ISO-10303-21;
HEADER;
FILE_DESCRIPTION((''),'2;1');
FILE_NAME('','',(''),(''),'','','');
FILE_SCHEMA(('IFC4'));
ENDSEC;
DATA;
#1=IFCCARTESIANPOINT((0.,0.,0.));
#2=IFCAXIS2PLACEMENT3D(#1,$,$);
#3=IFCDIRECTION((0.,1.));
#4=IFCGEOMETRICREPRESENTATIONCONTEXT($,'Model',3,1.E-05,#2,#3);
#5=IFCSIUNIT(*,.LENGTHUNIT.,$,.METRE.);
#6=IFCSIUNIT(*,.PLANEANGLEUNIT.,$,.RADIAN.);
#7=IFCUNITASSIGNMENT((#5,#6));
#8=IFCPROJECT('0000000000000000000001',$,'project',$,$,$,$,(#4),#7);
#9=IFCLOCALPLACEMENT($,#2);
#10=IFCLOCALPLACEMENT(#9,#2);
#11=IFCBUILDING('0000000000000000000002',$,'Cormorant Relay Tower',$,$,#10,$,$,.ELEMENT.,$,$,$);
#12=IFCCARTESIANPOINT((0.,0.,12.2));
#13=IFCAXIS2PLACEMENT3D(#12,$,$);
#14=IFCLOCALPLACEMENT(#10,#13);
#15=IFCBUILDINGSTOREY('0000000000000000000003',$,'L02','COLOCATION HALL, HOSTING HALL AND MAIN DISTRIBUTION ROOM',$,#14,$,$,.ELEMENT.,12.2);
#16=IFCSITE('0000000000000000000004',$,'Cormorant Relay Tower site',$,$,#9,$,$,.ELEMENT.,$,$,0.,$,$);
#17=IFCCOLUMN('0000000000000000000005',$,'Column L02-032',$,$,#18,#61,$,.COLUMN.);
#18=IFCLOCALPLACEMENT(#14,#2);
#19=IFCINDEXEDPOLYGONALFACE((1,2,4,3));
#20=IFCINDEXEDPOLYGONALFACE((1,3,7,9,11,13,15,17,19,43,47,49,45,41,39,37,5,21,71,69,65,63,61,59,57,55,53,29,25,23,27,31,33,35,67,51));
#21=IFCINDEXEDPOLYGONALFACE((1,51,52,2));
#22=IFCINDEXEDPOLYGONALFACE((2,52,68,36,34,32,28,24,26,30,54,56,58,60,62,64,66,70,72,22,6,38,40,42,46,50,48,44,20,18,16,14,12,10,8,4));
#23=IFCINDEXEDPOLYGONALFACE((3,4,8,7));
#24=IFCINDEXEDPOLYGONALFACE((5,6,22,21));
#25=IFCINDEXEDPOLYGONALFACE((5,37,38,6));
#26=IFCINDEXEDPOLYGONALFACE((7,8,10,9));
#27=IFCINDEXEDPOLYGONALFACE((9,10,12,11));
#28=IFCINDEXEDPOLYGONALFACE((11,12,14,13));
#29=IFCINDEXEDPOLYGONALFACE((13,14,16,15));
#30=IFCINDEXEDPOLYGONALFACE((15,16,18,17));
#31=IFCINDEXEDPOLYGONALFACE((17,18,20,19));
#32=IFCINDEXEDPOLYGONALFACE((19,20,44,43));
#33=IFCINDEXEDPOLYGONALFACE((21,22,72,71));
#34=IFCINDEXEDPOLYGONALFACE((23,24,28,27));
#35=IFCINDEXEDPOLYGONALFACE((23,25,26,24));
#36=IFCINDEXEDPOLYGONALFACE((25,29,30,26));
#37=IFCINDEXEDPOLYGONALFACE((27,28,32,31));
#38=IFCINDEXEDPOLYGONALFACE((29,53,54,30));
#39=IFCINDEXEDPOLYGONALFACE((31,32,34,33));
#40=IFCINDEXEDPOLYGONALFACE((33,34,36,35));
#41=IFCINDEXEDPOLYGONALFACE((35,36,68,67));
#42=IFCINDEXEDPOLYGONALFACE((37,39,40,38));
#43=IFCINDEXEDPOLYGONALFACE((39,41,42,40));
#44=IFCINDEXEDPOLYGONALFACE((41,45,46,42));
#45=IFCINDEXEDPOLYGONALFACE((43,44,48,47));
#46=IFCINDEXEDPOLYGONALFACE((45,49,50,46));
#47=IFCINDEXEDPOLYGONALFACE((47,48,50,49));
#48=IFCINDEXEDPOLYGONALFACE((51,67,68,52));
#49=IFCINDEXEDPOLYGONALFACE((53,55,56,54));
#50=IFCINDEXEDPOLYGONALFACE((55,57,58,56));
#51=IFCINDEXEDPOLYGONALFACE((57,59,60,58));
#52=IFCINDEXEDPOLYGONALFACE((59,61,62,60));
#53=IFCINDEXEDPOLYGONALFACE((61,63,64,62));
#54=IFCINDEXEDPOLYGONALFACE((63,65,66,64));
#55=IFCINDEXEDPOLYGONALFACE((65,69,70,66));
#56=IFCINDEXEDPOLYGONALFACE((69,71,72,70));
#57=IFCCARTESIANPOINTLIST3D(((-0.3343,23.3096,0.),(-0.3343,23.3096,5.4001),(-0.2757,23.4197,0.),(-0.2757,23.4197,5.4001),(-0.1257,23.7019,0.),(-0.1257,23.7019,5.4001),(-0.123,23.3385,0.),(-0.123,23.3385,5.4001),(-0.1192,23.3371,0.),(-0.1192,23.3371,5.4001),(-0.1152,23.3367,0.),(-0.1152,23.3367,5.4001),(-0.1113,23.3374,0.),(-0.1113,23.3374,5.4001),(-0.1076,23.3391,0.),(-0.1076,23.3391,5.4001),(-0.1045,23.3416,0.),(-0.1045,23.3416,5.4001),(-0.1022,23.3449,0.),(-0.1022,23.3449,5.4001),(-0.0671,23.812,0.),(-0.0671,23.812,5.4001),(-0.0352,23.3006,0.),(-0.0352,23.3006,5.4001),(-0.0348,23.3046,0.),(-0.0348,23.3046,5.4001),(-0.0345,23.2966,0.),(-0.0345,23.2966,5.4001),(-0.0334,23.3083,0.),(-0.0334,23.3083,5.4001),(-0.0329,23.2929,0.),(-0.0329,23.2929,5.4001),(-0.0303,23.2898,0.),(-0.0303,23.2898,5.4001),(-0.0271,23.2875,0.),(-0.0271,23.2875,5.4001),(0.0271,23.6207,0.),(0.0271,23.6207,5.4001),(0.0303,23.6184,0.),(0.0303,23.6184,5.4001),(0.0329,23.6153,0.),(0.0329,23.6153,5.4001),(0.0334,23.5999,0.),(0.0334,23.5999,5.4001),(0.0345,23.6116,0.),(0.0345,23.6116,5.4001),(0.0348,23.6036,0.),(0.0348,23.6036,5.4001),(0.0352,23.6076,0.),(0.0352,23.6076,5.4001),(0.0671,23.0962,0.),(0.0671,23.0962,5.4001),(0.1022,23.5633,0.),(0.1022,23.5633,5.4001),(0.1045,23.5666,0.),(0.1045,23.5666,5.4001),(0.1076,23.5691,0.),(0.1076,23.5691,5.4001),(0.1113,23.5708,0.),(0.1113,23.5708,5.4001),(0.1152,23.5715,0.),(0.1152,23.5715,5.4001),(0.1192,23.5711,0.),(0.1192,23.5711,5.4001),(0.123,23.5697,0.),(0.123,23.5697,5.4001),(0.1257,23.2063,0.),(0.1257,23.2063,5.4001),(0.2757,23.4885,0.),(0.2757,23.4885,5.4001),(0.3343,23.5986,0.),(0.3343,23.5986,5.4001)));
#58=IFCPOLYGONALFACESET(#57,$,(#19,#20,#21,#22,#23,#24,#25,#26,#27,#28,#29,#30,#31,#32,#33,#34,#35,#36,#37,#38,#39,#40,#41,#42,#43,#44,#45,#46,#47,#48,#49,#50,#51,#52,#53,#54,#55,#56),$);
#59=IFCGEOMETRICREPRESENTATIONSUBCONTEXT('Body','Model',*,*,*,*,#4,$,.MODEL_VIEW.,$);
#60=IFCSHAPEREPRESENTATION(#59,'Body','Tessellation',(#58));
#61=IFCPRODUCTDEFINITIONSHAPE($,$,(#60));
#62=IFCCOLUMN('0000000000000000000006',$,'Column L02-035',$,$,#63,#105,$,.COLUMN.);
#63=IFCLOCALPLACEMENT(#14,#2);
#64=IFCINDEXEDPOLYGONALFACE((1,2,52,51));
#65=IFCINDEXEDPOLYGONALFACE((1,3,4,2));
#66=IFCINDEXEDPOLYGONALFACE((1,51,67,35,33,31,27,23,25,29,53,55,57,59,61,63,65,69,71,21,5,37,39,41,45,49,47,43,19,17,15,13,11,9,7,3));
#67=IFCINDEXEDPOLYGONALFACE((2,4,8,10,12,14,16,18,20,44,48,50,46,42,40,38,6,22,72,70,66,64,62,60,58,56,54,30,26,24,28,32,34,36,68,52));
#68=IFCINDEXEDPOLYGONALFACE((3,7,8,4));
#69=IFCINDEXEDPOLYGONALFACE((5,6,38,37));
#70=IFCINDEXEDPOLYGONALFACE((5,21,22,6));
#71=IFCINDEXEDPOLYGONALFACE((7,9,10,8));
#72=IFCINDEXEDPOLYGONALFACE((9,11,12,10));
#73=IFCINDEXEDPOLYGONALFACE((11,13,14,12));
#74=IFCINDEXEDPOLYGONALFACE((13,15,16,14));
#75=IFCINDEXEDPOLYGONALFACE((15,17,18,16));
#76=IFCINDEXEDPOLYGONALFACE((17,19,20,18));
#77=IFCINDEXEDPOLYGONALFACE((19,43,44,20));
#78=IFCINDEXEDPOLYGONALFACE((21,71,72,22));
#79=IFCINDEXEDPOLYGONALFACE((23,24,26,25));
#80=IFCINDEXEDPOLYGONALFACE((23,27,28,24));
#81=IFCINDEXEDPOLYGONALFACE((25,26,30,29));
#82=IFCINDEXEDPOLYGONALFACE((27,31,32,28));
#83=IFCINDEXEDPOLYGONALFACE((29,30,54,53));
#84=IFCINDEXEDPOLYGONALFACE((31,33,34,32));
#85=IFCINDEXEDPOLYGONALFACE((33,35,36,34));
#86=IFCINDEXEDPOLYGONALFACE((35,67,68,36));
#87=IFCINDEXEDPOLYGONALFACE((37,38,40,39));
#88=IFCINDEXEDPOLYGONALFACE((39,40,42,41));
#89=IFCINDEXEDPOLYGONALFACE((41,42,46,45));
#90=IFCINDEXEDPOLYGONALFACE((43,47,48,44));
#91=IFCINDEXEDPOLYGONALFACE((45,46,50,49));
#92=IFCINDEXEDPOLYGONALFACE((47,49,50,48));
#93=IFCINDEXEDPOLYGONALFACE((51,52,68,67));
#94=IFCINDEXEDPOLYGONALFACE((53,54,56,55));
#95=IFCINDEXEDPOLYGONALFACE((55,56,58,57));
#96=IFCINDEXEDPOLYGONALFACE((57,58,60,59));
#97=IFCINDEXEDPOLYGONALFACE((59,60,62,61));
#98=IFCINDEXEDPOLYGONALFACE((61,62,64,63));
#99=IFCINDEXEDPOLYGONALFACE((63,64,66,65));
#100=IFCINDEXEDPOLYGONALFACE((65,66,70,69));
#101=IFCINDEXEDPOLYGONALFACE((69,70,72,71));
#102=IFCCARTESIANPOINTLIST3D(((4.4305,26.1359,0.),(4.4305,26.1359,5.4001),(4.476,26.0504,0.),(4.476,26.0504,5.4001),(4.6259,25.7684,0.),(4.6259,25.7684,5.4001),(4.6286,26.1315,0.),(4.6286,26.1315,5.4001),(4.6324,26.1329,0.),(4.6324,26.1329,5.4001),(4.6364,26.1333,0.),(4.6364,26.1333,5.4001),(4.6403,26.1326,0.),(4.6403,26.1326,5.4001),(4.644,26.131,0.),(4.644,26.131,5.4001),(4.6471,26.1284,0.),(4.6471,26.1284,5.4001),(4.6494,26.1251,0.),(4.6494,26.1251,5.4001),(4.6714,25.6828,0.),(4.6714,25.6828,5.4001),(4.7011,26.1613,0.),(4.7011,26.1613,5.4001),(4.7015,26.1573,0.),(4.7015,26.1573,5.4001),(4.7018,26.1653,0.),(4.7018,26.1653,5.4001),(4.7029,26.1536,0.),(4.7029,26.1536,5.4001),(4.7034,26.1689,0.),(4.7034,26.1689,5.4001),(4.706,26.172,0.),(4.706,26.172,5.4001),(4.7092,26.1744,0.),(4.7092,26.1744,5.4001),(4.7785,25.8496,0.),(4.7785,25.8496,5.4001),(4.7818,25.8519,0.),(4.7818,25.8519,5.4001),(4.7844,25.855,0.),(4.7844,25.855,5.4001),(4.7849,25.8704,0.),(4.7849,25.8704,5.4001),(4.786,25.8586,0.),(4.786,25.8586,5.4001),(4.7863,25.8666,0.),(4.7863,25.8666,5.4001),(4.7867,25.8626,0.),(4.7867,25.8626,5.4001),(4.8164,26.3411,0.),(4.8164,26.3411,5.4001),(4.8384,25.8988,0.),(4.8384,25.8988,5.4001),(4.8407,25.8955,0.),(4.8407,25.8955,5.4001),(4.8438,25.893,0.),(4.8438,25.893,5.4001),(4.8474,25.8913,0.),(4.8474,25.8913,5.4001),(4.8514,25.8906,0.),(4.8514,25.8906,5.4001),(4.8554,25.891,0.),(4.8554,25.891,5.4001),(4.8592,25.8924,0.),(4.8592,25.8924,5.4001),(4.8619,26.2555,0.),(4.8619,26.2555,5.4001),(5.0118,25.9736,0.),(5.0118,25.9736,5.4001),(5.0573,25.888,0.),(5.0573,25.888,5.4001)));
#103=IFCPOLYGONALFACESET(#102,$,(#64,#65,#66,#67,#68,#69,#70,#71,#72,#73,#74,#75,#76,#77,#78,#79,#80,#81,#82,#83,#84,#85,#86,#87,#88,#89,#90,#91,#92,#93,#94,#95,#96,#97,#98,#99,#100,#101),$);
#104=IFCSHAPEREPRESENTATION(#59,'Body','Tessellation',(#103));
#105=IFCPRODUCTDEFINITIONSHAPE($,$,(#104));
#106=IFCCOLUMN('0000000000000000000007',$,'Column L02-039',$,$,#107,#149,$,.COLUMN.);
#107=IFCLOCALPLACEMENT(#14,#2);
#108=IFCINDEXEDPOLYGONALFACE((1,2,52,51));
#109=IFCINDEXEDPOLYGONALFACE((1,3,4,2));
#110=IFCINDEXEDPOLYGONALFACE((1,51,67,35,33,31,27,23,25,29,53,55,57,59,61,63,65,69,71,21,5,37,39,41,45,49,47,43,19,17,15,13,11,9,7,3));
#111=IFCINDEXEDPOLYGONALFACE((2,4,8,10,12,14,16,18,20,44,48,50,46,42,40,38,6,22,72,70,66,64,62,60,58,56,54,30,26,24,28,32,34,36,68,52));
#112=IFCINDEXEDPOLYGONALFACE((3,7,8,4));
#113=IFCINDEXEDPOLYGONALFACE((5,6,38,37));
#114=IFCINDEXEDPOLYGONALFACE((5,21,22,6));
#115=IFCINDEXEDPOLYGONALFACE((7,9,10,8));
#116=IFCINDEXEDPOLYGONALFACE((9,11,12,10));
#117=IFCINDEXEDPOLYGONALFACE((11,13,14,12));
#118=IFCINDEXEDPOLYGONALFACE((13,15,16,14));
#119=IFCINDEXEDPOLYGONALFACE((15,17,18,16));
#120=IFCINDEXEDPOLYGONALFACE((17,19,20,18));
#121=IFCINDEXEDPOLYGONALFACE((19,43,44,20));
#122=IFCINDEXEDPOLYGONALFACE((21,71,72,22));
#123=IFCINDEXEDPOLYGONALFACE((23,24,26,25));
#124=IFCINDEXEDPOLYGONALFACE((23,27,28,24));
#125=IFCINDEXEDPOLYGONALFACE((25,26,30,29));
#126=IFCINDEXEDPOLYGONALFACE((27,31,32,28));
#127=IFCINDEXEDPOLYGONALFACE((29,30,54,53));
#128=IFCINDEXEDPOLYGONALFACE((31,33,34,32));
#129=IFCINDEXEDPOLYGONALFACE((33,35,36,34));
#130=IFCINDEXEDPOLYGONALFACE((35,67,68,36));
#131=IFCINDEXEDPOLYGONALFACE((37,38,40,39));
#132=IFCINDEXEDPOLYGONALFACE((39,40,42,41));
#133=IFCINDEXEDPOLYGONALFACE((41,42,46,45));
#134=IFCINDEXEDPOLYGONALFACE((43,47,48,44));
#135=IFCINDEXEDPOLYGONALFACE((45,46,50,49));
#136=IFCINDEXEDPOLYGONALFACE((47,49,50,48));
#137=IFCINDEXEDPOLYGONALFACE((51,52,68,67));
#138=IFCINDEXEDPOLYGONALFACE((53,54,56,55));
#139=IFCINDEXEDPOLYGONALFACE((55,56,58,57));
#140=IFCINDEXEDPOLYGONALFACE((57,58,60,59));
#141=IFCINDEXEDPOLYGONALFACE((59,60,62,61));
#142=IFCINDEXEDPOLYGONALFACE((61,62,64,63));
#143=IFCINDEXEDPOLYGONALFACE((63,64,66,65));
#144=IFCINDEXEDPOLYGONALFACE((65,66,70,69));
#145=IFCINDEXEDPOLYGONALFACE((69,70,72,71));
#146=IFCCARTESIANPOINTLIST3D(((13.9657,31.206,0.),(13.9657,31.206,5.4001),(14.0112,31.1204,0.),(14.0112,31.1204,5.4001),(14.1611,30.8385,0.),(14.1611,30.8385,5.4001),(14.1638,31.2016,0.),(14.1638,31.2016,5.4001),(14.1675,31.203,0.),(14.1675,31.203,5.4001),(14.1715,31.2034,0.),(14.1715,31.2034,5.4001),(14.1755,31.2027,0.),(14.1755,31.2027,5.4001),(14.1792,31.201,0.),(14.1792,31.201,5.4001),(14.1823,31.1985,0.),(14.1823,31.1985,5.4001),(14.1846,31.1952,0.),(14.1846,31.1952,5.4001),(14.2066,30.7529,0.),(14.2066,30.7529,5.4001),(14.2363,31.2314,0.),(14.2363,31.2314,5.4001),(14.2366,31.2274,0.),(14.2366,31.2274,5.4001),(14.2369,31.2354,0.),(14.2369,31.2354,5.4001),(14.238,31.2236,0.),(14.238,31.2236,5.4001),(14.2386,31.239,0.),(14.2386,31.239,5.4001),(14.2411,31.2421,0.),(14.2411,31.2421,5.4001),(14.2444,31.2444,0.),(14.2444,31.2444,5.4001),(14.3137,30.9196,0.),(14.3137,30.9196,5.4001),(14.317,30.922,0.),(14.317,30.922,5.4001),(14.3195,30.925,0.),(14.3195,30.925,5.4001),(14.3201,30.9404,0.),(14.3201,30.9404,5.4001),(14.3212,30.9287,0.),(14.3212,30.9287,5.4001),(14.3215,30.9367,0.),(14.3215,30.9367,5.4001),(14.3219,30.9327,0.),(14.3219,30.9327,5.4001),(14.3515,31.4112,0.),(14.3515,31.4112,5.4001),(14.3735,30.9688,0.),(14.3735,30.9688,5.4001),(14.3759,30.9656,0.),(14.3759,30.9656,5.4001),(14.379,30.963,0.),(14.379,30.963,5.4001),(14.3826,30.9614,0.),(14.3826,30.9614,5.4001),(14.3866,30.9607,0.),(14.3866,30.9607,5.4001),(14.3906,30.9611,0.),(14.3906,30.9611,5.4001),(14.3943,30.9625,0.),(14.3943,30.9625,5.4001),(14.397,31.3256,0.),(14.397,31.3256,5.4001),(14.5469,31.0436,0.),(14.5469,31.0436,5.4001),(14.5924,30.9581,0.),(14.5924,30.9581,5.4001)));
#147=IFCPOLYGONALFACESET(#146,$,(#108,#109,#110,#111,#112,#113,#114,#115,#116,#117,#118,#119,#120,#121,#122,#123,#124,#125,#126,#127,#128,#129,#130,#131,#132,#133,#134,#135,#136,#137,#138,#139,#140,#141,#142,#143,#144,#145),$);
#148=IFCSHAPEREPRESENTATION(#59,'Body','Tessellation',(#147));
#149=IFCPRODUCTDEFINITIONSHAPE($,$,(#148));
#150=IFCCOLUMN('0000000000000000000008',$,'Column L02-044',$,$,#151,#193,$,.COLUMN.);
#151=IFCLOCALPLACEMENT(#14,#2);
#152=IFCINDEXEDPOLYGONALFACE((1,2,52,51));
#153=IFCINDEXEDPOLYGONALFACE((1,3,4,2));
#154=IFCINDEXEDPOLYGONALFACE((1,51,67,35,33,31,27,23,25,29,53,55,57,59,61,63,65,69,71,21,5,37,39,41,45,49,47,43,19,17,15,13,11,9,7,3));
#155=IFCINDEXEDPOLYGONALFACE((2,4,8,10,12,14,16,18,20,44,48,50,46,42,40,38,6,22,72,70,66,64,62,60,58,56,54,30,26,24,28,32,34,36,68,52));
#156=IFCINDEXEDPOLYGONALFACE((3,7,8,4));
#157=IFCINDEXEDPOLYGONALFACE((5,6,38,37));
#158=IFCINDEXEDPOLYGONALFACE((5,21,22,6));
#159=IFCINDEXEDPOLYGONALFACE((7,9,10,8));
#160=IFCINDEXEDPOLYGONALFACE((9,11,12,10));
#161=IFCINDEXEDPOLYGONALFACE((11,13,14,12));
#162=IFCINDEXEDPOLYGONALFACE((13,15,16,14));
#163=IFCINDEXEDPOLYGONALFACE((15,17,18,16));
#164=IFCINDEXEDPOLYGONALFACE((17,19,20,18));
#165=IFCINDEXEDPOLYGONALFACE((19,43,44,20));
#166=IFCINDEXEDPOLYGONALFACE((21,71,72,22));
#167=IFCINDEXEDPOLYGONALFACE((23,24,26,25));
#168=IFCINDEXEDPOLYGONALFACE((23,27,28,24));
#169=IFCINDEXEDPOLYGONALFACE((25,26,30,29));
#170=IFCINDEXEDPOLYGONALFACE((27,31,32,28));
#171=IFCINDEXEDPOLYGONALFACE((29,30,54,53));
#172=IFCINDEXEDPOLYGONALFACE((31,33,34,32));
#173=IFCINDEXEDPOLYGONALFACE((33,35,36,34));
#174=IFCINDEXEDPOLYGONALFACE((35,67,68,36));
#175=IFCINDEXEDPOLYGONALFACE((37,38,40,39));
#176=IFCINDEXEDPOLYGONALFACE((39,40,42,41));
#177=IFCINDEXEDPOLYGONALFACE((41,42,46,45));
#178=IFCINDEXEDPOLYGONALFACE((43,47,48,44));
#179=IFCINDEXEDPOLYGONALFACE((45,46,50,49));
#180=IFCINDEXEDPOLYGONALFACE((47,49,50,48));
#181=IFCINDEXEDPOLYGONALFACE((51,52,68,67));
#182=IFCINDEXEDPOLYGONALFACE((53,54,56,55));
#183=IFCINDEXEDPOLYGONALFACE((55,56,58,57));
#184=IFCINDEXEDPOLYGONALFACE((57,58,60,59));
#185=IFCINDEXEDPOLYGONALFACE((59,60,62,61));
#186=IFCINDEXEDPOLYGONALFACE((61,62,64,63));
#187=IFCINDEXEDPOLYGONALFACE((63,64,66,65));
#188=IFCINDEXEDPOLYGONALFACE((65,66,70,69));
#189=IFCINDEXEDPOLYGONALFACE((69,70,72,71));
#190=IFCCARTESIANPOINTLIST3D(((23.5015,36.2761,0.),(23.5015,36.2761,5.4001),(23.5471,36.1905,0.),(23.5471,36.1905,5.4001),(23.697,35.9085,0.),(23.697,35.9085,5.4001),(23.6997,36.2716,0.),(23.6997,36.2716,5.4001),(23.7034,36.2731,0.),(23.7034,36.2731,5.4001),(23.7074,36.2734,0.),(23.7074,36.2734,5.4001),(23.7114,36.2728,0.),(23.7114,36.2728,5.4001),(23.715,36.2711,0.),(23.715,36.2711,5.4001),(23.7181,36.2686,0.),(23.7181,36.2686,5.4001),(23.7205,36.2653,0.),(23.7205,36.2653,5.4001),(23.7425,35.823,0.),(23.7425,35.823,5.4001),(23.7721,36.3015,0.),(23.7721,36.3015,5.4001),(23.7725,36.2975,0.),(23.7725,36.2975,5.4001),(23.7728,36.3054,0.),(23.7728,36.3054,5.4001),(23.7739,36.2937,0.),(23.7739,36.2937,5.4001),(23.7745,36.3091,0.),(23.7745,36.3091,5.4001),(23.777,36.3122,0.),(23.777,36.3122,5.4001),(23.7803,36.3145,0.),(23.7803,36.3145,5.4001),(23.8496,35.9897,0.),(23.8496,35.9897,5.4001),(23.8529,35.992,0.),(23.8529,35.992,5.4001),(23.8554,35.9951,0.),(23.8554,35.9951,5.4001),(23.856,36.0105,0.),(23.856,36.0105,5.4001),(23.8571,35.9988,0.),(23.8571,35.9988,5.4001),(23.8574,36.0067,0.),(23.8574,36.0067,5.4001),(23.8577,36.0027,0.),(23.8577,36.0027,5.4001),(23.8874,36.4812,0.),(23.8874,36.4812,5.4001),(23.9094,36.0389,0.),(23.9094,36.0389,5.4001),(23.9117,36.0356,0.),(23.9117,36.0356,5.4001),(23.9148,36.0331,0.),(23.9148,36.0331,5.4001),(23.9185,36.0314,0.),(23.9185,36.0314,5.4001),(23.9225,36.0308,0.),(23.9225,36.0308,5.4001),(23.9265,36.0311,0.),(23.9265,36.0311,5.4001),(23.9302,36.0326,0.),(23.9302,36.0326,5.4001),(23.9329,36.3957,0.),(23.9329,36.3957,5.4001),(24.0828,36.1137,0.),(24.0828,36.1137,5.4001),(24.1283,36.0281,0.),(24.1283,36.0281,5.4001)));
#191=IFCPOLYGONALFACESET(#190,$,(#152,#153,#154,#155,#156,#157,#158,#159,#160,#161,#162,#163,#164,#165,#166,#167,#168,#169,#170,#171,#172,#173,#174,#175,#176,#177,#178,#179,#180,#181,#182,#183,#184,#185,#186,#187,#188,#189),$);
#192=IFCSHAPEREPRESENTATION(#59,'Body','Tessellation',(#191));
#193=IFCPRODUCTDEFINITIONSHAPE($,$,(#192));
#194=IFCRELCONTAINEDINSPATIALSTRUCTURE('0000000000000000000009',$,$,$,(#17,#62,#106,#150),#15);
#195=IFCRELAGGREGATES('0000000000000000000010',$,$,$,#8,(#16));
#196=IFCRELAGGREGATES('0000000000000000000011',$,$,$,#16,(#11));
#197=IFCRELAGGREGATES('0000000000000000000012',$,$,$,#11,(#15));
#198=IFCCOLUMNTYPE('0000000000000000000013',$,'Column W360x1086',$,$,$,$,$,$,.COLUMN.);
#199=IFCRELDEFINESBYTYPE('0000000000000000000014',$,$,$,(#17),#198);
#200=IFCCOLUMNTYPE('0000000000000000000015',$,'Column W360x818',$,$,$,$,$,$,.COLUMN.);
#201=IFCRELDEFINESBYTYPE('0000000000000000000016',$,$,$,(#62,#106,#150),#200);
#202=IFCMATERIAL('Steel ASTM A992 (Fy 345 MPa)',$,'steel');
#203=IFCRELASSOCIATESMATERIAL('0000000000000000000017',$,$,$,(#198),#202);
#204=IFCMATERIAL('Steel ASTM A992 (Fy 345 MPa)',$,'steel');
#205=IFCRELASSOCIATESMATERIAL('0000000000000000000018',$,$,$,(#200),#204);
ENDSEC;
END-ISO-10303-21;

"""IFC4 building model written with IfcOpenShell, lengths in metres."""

from ifc_helpers import new_model, si_unit, direction, frame, origin, origin_2d, place, context, subcontext, project, spatial, i_section, extrude, material, material_profile, profile_set, type_object, element, save


model = new_model("IFC4")

# Units and contexts
model_context = context("Model", 3, precision=1e-05, world=origin(), true_north=direction((0.0, 1.0)))
body_context = subcontext(model_context, "Body", "Model", "MODEL_VIEW")
ifc_project = project(units=[si_unit("LENGTHUNIT", "METRE"), si_unit("PLANEANGLEUNIT", "RADIAN")], contexts=[model_context])

# Site, building, storey
site_placement = place(None, origin())
site = spatial("IfcSite", under=ifc_project, at=site_placement, Name="Cormorant Relay Tower site", CompositionType="ELEMENT", RefElevation=0.0)
building_placement = place(site_placement, origin())
building = spatial("IfcBuilding", under=site, at=building_placement, Name="Cormorant Relay Tower", CompositionType="ELEMENT")
storey_placement = place(building_placement, frame((0.0, 0.0, 12.2)))
storey = spatial("IfcBuildingStorey", under=building, at=storey_placement, Name="L02", Description="COLOCATION HALL, HOSTING HALL AND MAIN DISTRIBUTION ROOM", CompositionType="ELEMENT", Elevation=12.2)

# Columns
ifc_material_1 = material(Name="Steel ASTM A992 (Fy 345 MPa)", Category="steel")
ifc_material_profile_1 = material_profile(ifc_material_1, i_section(OverallWidth=0.4546, OverallDepth=0.5691, WebThickness=0.0779, FlangeThickness=0.1248, FilletRadius=0.0154, at=origin_2d()), Name="W360x1086")
ifc_profile_set_1 = profile_set([ifc_material_profile_1], Name="Steel ASTM A992 (Fy 345 MPa)")
column_type_1 = type_object("IfcColumnType", Name="Column W360x1086", PredefinedType="COLUMN", material=ifc_profile_set_1)
column_placement = place(storey_placement, frame((0.0, 23.4541, 0.0), z_axis=(0.0, 0.0, 1.0), x_axis=(-0.882948, 0.469472, 0.0)))
element("IfcColumn", 1, at=column_placement, inside=storey, type_object=column_type_1, Name="Column L02-032", PredefinedType="COLUMN", context=body_context, shape_type="SweptSolid", body=[
    extrude(i_section(OverallWidth=0.4546, OverallDepth=0.5691, WebThickness=0.0779, FlangeThickness=0.1248, FilletRadius=0.0154, at=origin_2d()), origin(), (0.0, 0.0, 1.0), 5.4001),
])
ifc_material_2 = material(Name="Steel ASTM A992 (Fy 345 MPa)", Category="steel")
ifc_material_profile_2 = material_profile(ifc_material_2, i_section(OverallWidth=0.437, OverallDepth=0.5132, WebThickness=0.0605, FlangeThickness=0.0969, FilletRadius=0.0154, at=origin_2d()), Name="W360x818")
ifc_profile_set_2 = profile_set([ifc_material_profile_2], Name="Steel ASTM A992 (Fy 345 MPa)")
column_type_2 = type_object("IfcColumnType", Name="Column W360x818", PredefinedType="COLUMN", material=ifc_profile_set_2)
for number, where, z_axis, x_axis, name in (
    (2, (4.7439, 26.012, 0.0), (0.0, 0.0, 1.0), (-0.882948, -0.469472, 0.0), "Column L02-035"),
    (3, (14.2791, 31.082, 0.0), (0.0, 0.0, 1.0), (-0.882948, -0.469472, 0.0), "Column L02-039"),
    (4, (23.8149, 36.1521, 0.0), (0.0, 0.0, 1.0), (-0.882948, -0.469472, 0.0), "Column L02-044"),
):
    element("IfcColumn", number, at=place(storey_placement, frame(where, z_axis=z_axis, x_axis=x_axis)), inside=storey, type_object=column_type_2, Name=name, PredefinedType="COLUMN", context=body_context, shape_type="SweptSolid", body=[
        extrude(i_section(OverallWidth=0.437, OverallDepth=0.5132, WebThickness=0.0605, FlangeThickness=0.0969, FilletRadius=0.0154, at=origin_2d()), origin(), (0.0, 0.0, 1.0), 5.4001),
    ])

save(model, "model.ifc")
